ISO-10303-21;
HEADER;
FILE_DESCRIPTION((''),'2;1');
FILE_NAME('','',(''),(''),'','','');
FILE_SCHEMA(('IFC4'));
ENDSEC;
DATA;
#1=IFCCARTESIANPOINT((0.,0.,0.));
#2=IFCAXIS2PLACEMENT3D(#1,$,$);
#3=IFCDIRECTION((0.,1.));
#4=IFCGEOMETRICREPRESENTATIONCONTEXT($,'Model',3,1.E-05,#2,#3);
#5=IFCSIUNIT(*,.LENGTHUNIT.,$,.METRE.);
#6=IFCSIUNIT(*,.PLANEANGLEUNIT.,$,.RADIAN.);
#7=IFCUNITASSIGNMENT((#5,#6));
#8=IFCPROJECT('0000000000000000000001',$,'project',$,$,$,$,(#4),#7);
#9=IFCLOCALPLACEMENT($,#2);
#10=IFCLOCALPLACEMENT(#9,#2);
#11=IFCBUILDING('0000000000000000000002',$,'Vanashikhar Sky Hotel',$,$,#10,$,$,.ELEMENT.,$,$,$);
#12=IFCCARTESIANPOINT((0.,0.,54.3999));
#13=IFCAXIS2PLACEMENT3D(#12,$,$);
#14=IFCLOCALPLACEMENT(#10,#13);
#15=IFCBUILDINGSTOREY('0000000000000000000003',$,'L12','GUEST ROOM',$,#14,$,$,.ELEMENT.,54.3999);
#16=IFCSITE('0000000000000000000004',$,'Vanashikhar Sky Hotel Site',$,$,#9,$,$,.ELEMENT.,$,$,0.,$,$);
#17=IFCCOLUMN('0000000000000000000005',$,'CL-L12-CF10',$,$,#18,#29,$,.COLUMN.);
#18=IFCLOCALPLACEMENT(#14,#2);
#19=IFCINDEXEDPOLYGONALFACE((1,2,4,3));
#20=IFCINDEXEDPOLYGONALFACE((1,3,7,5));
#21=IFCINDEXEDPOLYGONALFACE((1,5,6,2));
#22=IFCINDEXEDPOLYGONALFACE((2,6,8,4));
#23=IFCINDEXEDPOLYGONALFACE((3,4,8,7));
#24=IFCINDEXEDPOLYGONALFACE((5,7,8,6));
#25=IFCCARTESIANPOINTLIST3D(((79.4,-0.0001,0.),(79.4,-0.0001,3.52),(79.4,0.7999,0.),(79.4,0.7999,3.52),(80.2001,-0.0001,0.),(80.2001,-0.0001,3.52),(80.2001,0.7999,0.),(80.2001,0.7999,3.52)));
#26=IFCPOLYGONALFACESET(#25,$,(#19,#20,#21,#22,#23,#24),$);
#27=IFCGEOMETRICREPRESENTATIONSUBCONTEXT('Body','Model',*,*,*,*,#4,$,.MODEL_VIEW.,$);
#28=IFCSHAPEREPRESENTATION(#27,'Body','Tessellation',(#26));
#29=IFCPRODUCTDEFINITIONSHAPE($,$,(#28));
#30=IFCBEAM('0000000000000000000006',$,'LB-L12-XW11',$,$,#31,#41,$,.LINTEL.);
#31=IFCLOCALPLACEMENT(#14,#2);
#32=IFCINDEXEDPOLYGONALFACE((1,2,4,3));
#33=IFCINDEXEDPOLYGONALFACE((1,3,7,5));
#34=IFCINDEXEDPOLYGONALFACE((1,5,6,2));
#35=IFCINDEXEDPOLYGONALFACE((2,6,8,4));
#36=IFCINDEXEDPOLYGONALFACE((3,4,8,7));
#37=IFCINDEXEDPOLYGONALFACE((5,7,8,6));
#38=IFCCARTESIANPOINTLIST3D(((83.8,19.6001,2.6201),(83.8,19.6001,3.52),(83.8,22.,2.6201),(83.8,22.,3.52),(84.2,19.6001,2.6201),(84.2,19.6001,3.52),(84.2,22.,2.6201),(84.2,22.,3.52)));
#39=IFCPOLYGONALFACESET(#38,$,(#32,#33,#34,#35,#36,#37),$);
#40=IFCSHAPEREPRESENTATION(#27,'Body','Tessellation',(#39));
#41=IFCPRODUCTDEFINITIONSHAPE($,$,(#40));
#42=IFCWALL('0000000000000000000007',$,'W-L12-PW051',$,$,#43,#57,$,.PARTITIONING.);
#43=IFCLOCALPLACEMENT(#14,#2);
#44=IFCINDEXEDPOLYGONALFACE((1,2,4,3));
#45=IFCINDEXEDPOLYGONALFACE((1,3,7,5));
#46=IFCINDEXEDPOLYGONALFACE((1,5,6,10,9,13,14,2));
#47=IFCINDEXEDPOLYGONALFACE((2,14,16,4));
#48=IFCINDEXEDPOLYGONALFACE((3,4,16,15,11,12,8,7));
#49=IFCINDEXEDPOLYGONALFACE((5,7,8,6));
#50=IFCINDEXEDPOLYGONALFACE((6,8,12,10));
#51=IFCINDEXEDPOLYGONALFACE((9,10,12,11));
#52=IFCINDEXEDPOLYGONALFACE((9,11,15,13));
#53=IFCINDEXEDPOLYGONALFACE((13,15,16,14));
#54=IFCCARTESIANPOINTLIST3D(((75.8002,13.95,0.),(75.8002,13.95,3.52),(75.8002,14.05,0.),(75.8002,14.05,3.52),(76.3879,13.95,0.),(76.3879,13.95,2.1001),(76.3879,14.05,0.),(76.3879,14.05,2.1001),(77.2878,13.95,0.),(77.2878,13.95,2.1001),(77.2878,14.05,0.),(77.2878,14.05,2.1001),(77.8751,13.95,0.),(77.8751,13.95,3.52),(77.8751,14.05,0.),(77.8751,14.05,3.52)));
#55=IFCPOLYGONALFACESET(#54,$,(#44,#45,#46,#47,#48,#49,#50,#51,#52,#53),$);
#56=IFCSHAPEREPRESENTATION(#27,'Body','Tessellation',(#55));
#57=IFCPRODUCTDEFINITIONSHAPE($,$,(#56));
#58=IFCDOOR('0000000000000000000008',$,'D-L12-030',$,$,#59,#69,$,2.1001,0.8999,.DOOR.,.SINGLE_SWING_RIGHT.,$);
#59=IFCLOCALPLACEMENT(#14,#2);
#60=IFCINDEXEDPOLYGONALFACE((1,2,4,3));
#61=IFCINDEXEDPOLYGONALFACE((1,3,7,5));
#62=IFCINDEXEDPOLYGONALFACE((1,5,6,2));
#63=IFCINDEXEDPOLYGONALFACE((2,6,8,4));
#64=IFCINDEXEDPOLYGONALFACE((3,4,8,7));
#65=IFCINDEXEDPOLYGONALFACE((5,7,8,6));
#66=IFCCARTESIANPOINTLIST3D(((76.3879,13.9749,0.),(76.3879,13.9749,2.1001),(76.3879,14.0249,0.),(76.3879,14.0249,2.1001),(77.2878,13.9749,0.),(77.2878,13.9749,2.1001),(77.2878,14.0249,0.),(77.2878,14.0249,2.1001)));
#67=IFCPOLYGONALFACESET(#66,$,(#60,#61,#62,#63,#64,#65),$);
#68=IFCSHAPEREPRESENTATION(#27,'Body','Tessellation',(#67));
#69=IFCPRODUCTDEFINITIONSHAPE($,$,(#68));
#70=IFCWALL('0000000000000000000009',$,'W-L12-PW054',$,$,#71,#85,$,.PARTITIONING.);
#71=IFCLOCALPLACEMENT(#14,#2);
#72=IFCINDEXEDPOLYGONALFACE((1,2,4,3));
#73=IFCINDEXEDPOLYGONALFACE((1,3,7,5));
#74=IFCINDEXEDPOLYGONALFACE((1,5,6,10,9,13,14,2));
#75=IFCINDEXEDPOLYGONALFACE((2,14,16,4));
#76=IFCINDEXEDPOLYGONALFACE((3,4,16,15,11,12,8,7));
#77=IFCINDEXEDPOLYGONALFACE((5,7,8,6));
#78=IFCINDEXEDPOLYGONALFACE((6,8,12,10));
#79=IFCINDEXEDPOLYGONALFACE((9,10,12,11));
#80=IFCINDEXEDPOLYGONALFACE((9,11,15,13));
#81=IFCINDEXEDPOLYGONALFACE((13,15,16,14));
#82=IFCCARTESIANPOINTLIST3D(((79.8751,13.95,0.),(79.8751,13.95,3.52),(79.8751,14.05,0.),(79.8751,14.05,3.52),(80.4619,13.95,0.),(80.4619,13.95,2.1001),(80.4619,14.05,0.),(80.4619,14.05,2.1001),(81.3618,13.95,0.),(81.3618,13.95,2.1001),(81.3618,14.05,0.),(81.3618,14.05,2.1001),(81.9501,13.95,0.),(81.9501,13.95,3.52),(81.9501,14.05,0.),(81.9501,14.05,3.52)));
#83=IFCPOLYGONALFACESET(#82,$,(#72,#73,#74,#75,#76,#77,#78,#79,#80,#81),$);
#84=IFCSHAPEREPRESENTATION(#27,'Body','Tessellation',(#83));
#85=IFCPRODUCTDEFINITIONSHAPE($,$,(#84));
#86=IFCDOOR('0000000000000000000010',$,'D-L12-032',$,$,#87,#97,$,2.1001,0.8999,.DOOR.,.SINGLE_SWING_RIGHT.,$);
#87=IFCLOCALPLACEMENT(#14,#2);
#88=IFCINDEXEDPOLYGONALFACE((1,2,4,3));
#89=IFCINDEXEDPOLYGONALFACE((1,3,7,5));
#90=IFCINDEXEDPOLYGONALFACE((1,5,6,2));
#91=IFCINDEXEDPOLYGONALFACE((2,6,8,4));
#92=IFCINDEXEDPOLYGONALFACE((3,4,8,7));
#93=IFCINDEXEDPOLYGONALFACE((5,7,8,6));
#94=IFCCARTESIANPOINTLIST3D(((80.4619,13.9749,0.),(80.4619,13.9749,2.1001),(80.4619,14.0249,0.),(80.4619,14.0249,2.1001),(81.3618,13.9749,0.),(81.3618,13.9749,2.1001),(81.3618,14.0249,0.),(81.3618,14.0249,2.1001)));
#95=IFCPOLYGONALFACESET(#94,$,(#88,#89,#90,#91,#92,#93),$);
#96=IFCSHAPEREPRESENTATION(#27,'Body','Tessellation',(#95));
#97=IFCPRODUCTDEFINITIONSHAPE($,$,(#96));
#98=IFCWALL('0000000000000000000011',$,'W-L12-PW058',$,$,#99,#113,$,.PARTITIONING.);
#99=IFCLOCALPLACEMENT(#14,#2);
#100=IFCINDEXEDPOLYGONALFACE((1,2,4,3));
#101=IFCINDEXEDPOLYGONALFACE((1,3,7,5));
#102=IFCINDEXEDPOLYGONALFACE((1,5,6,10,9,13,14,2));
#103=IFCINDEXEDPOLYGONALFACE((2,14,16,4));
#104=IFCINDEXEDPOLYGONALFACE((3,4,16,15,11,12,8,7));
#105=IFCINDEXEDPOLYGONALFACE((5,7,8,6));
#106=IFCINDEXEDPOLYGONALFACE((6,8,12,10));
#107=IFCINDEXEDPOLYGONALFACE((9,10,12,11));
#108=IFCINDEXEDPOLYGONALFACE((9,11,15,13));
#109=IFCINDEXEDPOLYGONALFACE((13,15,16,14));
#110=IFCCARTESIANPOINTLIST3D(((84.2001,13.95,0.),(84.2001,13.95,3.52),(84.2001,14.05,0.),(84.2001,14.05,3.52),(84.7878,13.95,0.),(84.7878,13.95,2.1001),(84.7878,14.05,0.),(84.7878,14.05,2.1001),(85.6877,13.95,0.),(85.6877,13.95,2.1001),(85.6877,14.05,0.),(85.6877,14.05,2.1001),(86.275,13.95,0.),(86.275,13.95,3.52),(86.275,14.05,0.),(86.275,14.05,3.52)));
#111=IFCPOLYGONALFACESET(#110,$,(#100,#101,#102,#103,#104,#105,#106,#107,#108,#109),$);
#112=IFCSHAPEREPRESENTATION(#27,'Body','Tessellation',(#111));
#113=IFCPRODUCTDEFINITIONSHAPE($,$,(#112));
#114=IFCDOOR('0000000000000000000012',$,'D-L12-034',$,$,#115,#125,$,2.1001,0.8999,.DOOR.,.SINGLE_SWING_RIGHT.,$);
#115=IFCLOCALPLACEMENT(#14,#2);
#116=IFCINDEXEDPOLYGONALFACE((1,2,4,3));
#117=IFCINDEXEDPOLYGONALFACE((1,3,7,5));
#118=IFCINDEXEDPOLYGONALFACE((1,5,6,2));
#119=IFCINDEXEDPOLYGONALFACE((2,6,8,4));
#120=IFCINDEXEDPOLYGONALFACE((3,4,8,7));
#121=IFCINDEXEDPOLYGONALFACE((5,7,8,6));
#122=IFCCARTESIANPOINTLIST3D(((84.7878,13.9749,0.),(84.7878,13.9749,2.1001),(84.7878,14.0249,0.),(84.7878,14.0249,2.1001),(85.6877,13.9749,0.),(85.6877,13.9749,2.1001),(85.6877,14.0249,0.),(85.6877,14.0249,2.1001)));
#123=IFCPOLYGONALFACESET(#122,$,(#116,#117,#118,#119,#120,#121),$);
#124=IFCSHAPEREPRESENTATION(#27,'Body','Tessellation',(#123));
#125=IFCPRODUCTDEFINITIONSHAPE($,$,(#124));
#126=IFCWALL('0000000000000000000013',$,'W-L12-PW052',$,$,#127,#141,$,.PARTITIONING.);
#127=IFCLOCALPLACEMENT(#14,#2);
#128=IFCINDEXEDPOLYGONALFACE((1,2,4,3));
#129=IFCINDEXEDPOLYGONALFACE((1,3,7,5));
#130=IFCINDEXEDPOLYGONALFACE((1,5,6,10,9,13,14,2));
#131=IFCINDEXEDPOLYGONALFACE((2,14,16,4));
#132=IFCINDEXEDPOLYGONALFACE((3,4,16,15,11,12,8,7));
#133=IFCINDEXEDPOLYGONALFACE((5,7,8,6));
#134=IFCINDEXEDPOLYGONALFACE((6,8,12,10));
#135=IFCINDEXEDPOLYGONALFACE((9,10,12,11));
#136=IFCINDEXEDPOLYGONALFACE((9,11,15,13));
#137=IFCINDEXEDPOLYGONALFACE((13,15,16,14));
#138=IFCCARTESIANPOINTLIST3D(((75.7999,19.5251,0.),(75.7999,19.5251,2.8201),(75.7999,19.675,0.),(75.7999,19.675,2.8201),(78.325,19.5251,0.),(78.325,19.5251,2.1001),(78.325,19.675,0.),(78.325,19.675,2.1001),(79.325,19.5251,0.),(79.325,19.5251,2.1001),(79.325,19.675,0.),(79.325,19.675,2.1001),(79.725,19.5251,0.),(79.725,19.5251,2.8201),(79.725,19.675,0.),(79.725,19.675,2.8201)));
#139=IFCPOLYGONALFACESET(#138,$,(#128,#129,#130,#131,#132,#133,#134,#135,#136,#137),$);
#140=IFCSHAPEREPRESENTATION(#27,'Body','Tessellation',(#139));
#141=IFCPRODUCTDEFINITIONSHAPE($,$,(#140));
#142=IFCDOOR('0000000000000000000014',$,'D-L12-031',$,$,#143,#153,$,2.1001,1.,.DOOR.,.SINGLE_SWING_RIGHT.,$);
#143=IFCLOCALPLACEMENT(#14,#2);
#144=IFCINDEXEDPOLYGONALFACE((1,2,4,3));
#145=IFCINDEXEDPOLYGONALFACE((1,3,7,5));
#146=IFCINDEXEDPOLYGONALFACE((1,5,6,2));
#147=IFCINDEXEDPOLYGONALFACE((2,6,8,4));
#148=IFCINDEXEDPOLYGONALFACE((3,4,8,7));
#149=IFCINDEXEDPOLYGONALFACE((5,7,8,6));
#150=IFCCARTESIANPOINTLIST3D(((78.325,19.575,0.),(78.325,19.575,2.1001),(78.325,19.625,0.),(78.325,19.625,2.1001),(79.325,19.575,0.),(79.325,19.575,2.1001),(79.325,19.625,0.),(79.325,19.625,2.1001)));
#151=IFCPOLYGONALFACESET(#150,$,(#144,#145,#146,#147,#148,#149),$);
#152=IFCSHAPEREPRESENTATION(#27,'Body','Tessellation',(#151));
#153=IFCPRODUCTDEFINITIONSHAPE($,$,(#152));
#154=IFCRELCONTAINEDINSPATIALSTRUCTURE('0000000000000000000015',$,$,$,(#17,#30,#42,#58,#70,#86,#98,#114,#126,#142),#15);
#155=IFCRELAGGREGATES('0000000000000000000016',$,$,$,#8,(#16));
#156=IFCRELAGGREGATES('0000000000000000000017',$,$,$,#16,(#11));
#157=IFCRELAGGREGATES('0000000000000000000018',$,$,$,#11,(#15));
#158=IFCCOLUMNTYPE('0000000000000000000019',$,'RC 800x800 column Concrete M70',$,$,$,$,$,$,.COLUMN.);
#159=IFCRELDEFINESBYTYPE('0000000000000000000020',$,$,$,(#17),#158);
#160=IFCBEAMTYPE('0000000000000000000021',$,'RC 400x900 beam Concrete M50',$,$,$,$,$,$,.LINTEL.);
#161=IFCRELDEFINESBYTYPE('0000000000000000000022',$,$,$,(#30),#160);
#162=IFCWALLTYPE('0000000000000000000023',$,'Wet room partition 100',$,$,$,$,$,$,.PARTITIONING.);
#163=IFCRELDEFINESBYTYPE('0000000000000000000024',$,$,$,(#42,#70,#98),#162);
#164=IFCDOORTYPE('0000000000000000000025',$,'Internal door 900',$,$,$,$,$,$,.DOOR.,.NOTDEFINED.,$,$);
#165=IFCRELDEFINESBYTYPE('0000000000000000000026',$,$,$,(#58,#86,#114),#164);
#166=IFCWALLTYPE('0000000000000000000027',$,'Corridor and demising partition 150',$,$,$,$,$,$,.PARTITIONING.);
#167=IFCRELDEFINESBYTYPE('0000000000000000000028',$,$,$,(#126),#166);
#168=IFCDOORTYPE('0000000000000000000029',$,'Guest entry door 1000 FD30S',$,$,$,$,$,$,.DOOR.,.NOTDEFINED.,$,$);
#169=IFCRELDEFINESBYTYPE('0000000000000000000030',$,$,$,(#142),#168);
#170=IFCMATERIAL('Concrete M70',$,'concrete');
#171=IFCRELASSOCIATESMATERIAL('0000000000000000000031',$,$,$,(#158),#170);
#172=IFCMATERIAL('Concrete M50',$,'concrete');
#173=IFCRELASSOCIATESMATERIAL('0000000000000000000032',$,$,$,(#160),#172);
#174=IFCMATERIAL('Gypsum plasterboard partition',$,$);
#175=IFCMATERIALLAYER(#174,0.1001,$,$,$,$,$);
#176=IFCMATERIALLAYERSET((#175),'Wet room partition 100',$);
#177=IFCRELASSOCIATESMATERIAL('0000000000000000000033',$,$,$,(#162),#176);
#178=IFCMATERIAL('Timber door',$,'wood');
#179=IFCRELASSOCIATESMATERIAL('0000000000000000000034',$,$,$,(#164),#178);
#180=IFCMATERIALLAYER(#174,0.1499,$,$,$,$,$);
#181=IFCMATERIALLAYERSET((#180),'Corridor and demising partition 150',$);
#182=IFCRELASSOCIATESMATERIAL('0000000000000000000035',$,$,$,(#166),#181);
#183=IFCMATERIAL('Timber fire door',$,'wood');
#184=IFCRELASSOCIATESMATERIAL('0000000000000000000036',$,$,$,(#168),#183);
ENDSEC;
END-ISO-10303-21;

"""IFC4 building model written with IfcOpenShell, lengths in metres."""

from ifc_helpers import new_model, si_unit, direction, frame, frame_2d, origin, origin_2d, place, context, subcontext, project, spatial, rectangle, extrude, source, transform, mapped, material, layer, layer_set, material_profile, profile_set, type_object, element, fill, save


model = new_model("IFC4")

# Units and contexts
model_context = context("Model", 3, precision=1e-05, world=origin(), true_north=direction((0.0, 1.0)))
body_context = subcontext(model_context, "Body", "Model", "MODEL_VIEW")
ifc_project = project(units=[si_unit("LENGTHUNIT", "METRE"), si_unit("PLANEANGLEUNIT", "RADIAN")], contexts=[model_context])

# Site, building, storey
site_placement = place(None, origin())
site = spatial("IfcSite", under=ifc_project, at=site_placement, Name="Vanashikhar Sky Hotel Site", CompositionType="ELEMENT", RefElevation=0.0)
building_placement = place(site_placement, origin())
building = spatial("IfcBuilding", under=site, at=building_placement, Name="Vanashikhar Sky Hotel", CompositionType="ELEMENT")
storey_placement = place(building_placement, frame((0.0, 0.0, 54.3999)))
storey = spatial("IfcBuildingStorey", under=building, at=storey_placement, Name="L12", Description="GUEST ROOM", CompositionType="ELEMENT", Elevation=54.3999)

# Column
ifc_material_1 = material(Name="Concrete M70", Category="concrete")
ifc_material_profile_1 = material_profile(ifc_material_1, rectangle(XDim=0.8, YDim=0.8, at=origin_2d()))
ifc_profile_set_1 = profile_set([ifc_material_profile_1], Name="RC 800x800 column Concrete M70")
column_type = type_object("IfcColumnType", Name="RC 800x800 column Concrete M70", PredefinedType="COLUMN", material=ifc_profile_set_1)
shared_shape_1 = source(origin(), body_context, "Body", "SweptSolid", [
    extrude(rectangle(XDim=0.8, YDim=0.8, at=origin_2d()), origin(), (0.0, 0.0, 1.0), 3.52),
])
column_placement = place(storey_placement, frame((79.8, 0.3999, 0.0), z_axis=(0.0, 0.0, 1.0), x_axis=(1.0, 0.0, 0.0)))
element("IfcColumn", 1, at=column_placement, inside=storey, type_object=column_type, Name="CL-L12-CF10", PredefinedType="COLUMN", context=body_context, shape_type="MappedRepresentation", body=[
    mapped(shared_shape_1, transform((0.0, 0.0, 0.0), scale=1.0)),
])

# Beam
ifc_material_2 = material(Name="Concrete M50", Category="concrete")
ifc_material_profile_2 = material_profile(ifc_material_2, rectangle(XDim=0.3999, YDim=0.8999, at=origin_2d()))
ifc_profile_set_2 = profile_set([ifc_material_profile_2], Name="RC 400x900 beam Concrete M50")
beam_type = type_object("IfcBeamType", Name="RC 400x900 beam Concrete M50", PredefinedType="LINTEL", material=ifc_profile_set_2)
shared_shape_2 = source(origin(), body_context, "Body", "SweptSolid", [
    extrude(rectangle(XDim=0.3999, YDim=0.8999, at=origin_2d()), origin(), (0.0, 0.0, 1.0), 2.3999),
])
beam_placement = place(storey_placement, frame((84.0, 19.6001, 3.0701), z_axis=(0.0, 1.0, 0.0), x_axis=(-1.0, 0.0, 0.0)))
element("IfcBeam", 2, at=beam_placement, inside=storey, type_object=beam_type, Name="LB-L12-XW11", PredefinedType="LINTEL", context=body_context, shape_type="MappedRepresentation", body=[
    mapped(shared_shape_2, transform((0.0, 0.0, 0.0), scale=1.0)),
])

# Walls, openings, doors
ifc_material_3 = material(Name="Gypsum plasterboard partition")
ifc_layer_1 = layer(ifc_material_3, 0.1001)
ifc_layer_set_1 = layer_set([ifc_layer_1], Name="Wet room partition 100")
wall_type_1 = type_object("IfcWallType", Name="Wet room partition 100", PredefinedType="PARTITIONING", material=ifc_layer_set_1)
shared_shape_3 = source(origin(), body_context, "Body", "SweptSolid", [
    extrude(rectangle(XDim=2.075, YDim=0.1001, at=frame_2d((1.0376, 0.0))), origin(), (0.0, 0.0, 1.0), 3.52),
])
wall_1_placement = place(storey_placement, frame((75.8, 14.0, 0.0), z_axis=(0.0, 0.0, 1.0), x_axis=(1.0, 0.0, 0.0)))
wall_1 = element("IfcWall", 3, at=wall_1_placement, inside=storey, type_object=wall_type_1, Name="W-L12-PW051", PredefinedType="PARTITIONING", context=body_context, shape_type="MappedRepresentation", body=[
    mapped(shared_shape_3, transform((0.0, 0.0, 0.0), scale=1.0)),
])
shared_shape_4 = source(origin(), body_context, "Body", "SweptSolid", [
    extrude(rectangle(XDim=0.8999, YDim=2.1001, at=frame_2d((0.45, 1.05))), frame((0.0, 0.0601, 0.0), z_axis=(0.0, -1.0, 0.0), x_axis=(1.0, 0.0, 0.0)), (0.0, 0.0, 1.0), 0.1201),
])
opening_1_placement = place(wall_1_placement, frame((0.5879, 0.0, 0.0)))
opening_1 = element("IfcOpeningElement", 4, at=opening_1_placement, cuts=wall_1, PredefinedType="OPENING", context=body_context, shape_type="MappedRepresentation", body=[
    mapped(shared_shape_4, transform((0.0, 0.0, 0.0), scale=1.0)),
])
ifc_material_4 = material(Name="Timber door", Category="wood")
door_type_1 = type_object("IfcDoorType", Name="Internal door 900", OperationType="NOTDEFINED", PredefinedType="DOOR", material=ifc_material_4)
shared_shape_5 = source(origin(), body_context, "Body", "SweptSolid", [
    extrude(rectangle(XDim=0.8999, YDim=2.1001, at=frame_2d((0.45, 1.05))), frame((0.0, 0.0249, 0.0), z_axis=(0.0, -1.0, 0.0), x_axis=(1.0, 0.0, 0.0)), (0.0, 0.0, 1.0), 0.05),
])
door_1_placement = place(opening_1_placement, origin())
door_1 = element("IfcDoor", 5, at=door_1_placement, inside=storey, type_object=door_type_1, Name="D-L12-030", OperationType="SINGLE_SWING_RIGHT", OverallHeight=2.1001, OverallWidth=0.8999, PredefinedType="DOOR", context=body_context, shape_type="MappedRepresentation", body=[
    mapped(shared_shape_5, transform((0.0, 0.0, 0.0), scale=1.0)),
])
fill(opening_1, door_1)
wall_2_placement = place(storey_placement, frame((79.875, 14.0, 0.0), z_axis=(0.0, 0.0, 1.0), x_axis=(1.0, 0.0, 0.0)))
wall_2 = element("IfcWall", 6, at=wall_2_placement, inside=storey, type_object=wall_type_1, Name="W-L12-PW054", PredefinedType="PARTITIONING", context=body_context, shape_type="MappedRepresentation", body=[
    mapped(shared_shape_3, transform((0.0, 0.0, 0.0), scale=1.0)),
])
opening_2_placement = place(wall_2_placement, frame((0.5869, 0.0, 0.0)))
opening_2 = element("IfcOpeningElement", 7, at=opening_2_placement, cuts=wall_2, PredefinedType="OPENING", context=body_context, shape_type="MappedRepresentation", body=[
    mapped(shared_shape_4, transform((0.0, 0.0, 0.0), scale=1.0)),
])
door_2_placement = place(opening_2_placement, origin())
door_2 = element("IfcDoor", 8, at=door_2_placement, inside=storey, type_object=door_type_1, Name="D-L12-032", OperationType="SINGLE_SWING_RIGHT", OverallHeight=2.1001, OverallWidth=0.8999, PredefinedType="DOOR", context=body_context, shape_type="MappedRepresentation", body=[
    mapped(shared_shape_5, transform((0.0, 0.0, 0.0), scale=1.0)),
])
fill(opening_2, door_2)
wall_3_placement = place(storey_placement, frame((84.2, 14.0, 0.0), z_axis=(0.0, 0.0, 1.0), x_axis=(1.0, 0.0, 0.0)))
wall_3 = element("IfcWall", 9, at=wall_3_placement, inside=storey, type_object=wall_type_1, Name="W-L12-PW058", PredefinedType="PARTITIONING", context=body_context, shape_type="MappedRepresentation", body=[
    mapped(shared_shape_3, transform((0.0, 0.0, 0.0), scale=1.0)),
])
opening_3_placement = place(wall_3_placement, frame((0.5879, 0.0, 0.0)))
opening_3 = element("IfcOpeningElement", 10, at=opening_3_placement, cuts=wall_3, PredefinedType="OPENING", context=body_context, shape_type="MappedRepresentation", body=[
    mapped(shared_shape_4, transform((0.0, 0.0, 0.0), scale=1.0)),
])
door_3_placement = place(opening_3_placement, origin())
door_3 = element("IfcDoor", 11, at=door_3_placement, inside=storey, type_object=door_type_1, Name="D-L12-034", OperationType="SINGLE_SWING_RIGHT", OverallHeight=2.1001, OverallWidth=0.8999, PredefinedType="DOOR", context=body_context, shape_type="MappedRepresentation", body=[
    mapped(shared_shape_5, transform((0.0, 0.0, 0.0), scale=1.0)),
])
fill(opening_3, door_3)
ifc_layer_2 = layer(ifc_material_3, 0.1499)
ifc_layer_set_2 = layer_set([ifc_layer_2], Name="Corridor and demising partition 150")
wall_type_2 = type_object("IfcWallType", Name="Corridor and demising partition 150", PredefinedType="PARTITIONING", material=ifc_layer_set_2)
shared_shape_6 = source(origin(), body_context, "Body", "SweptSolid", [
    extrude(rectangle(XDim=3.925, YDim=0.1499, at=frame_2d((1.9624, 0.0))), origin(), (0.0, 0.0, 1.0), 2.8201),
])
wall_4_placement = place(storey_placement, frame((75.8, 19.6001, 0.0), z_axis=(0.0, 0.0, 1.0), x_axis=(1.0, 0.0, 0.0)))
wall_4 = element("IfcWall", 12, at=wall_4_placement, inside=storey, type_object=wall_type_2, Name="W-L12-PW052", PredefinedType="PARTITIONING", context=body_context, shape_type="MappedRepresentation", body=[
    mapped(shared_shape_6, transform((0.0, 0.0, 0.0), scale=1.0)),
])
shared_shape_7 = source(origin(), body_context, "Body", "SweptSolid", [
    extrude(rectangle(XDim=1.0, YDim=2.1001, at=frame_2d((0.5, 1.05))), frame((0.0, 0.085, 0.0), z_axis=(0.0, -1.0, 0.0), x_axis=(1.0, 0.0, 0.0)), (0.0, 0.0, 1.0), 0.1699),
])
opening_4_placement = place(wall_4_placement, frame((2.5249, 0.0, 0.0)))
opening_4 = element("IfcOpeningElement", 13, at=opening_4_placement, cuts=wall_4, PredefinedType="OPENING", context=body_context, shape_type="MappedRepresentation", body=[
    mapped(shared_shape_7, transform((0.0, 0.0, 0.0), scale=1.0)),
])
ifc_material_5 = material(Name="Timber fire door", Category="wood")
door_type_2 = type_object("IfcDoorType", Name="Guest entry door 1000 FD30S", OperationType="NOTDEFINED", PredefinedType="DOOR", material=ifc_material_5)
shared_shape_8 = source(origin(), body_context, "Body", "SweptSolid", [
    extrude(rectangle(XDim=1.0, YDim=2.1001, at=frame_2d((0.5, 1.05))), frame((0.0, 0.0249, 0.0), z_axis=(0.0, -1.0, 0.0), x_axis=(1.0, 0.0, 0.0)), (0.0, 0.0, 1.0), 0.05),
])
door_4_placement = place(opening_4_placement, origin())
door_4 = element("IfcDoor", 14, at=door_4_placement, inside=storey, type_object=door_type_2, Name="D-L12-031", OperationType="SINGLE_SWING_RIGHT", OverallHeight=2.1001, OverallWidth=1.0, PredefinedType="DOOR", context=body_context, shape_type="MappedRepresentation", body=[
    mapped(shared_shape_8, transform((0.0, 0.0, 0.0), scale=1.0)),
])
fill(opening_4, door_4)

save(model, "model.ifc")
